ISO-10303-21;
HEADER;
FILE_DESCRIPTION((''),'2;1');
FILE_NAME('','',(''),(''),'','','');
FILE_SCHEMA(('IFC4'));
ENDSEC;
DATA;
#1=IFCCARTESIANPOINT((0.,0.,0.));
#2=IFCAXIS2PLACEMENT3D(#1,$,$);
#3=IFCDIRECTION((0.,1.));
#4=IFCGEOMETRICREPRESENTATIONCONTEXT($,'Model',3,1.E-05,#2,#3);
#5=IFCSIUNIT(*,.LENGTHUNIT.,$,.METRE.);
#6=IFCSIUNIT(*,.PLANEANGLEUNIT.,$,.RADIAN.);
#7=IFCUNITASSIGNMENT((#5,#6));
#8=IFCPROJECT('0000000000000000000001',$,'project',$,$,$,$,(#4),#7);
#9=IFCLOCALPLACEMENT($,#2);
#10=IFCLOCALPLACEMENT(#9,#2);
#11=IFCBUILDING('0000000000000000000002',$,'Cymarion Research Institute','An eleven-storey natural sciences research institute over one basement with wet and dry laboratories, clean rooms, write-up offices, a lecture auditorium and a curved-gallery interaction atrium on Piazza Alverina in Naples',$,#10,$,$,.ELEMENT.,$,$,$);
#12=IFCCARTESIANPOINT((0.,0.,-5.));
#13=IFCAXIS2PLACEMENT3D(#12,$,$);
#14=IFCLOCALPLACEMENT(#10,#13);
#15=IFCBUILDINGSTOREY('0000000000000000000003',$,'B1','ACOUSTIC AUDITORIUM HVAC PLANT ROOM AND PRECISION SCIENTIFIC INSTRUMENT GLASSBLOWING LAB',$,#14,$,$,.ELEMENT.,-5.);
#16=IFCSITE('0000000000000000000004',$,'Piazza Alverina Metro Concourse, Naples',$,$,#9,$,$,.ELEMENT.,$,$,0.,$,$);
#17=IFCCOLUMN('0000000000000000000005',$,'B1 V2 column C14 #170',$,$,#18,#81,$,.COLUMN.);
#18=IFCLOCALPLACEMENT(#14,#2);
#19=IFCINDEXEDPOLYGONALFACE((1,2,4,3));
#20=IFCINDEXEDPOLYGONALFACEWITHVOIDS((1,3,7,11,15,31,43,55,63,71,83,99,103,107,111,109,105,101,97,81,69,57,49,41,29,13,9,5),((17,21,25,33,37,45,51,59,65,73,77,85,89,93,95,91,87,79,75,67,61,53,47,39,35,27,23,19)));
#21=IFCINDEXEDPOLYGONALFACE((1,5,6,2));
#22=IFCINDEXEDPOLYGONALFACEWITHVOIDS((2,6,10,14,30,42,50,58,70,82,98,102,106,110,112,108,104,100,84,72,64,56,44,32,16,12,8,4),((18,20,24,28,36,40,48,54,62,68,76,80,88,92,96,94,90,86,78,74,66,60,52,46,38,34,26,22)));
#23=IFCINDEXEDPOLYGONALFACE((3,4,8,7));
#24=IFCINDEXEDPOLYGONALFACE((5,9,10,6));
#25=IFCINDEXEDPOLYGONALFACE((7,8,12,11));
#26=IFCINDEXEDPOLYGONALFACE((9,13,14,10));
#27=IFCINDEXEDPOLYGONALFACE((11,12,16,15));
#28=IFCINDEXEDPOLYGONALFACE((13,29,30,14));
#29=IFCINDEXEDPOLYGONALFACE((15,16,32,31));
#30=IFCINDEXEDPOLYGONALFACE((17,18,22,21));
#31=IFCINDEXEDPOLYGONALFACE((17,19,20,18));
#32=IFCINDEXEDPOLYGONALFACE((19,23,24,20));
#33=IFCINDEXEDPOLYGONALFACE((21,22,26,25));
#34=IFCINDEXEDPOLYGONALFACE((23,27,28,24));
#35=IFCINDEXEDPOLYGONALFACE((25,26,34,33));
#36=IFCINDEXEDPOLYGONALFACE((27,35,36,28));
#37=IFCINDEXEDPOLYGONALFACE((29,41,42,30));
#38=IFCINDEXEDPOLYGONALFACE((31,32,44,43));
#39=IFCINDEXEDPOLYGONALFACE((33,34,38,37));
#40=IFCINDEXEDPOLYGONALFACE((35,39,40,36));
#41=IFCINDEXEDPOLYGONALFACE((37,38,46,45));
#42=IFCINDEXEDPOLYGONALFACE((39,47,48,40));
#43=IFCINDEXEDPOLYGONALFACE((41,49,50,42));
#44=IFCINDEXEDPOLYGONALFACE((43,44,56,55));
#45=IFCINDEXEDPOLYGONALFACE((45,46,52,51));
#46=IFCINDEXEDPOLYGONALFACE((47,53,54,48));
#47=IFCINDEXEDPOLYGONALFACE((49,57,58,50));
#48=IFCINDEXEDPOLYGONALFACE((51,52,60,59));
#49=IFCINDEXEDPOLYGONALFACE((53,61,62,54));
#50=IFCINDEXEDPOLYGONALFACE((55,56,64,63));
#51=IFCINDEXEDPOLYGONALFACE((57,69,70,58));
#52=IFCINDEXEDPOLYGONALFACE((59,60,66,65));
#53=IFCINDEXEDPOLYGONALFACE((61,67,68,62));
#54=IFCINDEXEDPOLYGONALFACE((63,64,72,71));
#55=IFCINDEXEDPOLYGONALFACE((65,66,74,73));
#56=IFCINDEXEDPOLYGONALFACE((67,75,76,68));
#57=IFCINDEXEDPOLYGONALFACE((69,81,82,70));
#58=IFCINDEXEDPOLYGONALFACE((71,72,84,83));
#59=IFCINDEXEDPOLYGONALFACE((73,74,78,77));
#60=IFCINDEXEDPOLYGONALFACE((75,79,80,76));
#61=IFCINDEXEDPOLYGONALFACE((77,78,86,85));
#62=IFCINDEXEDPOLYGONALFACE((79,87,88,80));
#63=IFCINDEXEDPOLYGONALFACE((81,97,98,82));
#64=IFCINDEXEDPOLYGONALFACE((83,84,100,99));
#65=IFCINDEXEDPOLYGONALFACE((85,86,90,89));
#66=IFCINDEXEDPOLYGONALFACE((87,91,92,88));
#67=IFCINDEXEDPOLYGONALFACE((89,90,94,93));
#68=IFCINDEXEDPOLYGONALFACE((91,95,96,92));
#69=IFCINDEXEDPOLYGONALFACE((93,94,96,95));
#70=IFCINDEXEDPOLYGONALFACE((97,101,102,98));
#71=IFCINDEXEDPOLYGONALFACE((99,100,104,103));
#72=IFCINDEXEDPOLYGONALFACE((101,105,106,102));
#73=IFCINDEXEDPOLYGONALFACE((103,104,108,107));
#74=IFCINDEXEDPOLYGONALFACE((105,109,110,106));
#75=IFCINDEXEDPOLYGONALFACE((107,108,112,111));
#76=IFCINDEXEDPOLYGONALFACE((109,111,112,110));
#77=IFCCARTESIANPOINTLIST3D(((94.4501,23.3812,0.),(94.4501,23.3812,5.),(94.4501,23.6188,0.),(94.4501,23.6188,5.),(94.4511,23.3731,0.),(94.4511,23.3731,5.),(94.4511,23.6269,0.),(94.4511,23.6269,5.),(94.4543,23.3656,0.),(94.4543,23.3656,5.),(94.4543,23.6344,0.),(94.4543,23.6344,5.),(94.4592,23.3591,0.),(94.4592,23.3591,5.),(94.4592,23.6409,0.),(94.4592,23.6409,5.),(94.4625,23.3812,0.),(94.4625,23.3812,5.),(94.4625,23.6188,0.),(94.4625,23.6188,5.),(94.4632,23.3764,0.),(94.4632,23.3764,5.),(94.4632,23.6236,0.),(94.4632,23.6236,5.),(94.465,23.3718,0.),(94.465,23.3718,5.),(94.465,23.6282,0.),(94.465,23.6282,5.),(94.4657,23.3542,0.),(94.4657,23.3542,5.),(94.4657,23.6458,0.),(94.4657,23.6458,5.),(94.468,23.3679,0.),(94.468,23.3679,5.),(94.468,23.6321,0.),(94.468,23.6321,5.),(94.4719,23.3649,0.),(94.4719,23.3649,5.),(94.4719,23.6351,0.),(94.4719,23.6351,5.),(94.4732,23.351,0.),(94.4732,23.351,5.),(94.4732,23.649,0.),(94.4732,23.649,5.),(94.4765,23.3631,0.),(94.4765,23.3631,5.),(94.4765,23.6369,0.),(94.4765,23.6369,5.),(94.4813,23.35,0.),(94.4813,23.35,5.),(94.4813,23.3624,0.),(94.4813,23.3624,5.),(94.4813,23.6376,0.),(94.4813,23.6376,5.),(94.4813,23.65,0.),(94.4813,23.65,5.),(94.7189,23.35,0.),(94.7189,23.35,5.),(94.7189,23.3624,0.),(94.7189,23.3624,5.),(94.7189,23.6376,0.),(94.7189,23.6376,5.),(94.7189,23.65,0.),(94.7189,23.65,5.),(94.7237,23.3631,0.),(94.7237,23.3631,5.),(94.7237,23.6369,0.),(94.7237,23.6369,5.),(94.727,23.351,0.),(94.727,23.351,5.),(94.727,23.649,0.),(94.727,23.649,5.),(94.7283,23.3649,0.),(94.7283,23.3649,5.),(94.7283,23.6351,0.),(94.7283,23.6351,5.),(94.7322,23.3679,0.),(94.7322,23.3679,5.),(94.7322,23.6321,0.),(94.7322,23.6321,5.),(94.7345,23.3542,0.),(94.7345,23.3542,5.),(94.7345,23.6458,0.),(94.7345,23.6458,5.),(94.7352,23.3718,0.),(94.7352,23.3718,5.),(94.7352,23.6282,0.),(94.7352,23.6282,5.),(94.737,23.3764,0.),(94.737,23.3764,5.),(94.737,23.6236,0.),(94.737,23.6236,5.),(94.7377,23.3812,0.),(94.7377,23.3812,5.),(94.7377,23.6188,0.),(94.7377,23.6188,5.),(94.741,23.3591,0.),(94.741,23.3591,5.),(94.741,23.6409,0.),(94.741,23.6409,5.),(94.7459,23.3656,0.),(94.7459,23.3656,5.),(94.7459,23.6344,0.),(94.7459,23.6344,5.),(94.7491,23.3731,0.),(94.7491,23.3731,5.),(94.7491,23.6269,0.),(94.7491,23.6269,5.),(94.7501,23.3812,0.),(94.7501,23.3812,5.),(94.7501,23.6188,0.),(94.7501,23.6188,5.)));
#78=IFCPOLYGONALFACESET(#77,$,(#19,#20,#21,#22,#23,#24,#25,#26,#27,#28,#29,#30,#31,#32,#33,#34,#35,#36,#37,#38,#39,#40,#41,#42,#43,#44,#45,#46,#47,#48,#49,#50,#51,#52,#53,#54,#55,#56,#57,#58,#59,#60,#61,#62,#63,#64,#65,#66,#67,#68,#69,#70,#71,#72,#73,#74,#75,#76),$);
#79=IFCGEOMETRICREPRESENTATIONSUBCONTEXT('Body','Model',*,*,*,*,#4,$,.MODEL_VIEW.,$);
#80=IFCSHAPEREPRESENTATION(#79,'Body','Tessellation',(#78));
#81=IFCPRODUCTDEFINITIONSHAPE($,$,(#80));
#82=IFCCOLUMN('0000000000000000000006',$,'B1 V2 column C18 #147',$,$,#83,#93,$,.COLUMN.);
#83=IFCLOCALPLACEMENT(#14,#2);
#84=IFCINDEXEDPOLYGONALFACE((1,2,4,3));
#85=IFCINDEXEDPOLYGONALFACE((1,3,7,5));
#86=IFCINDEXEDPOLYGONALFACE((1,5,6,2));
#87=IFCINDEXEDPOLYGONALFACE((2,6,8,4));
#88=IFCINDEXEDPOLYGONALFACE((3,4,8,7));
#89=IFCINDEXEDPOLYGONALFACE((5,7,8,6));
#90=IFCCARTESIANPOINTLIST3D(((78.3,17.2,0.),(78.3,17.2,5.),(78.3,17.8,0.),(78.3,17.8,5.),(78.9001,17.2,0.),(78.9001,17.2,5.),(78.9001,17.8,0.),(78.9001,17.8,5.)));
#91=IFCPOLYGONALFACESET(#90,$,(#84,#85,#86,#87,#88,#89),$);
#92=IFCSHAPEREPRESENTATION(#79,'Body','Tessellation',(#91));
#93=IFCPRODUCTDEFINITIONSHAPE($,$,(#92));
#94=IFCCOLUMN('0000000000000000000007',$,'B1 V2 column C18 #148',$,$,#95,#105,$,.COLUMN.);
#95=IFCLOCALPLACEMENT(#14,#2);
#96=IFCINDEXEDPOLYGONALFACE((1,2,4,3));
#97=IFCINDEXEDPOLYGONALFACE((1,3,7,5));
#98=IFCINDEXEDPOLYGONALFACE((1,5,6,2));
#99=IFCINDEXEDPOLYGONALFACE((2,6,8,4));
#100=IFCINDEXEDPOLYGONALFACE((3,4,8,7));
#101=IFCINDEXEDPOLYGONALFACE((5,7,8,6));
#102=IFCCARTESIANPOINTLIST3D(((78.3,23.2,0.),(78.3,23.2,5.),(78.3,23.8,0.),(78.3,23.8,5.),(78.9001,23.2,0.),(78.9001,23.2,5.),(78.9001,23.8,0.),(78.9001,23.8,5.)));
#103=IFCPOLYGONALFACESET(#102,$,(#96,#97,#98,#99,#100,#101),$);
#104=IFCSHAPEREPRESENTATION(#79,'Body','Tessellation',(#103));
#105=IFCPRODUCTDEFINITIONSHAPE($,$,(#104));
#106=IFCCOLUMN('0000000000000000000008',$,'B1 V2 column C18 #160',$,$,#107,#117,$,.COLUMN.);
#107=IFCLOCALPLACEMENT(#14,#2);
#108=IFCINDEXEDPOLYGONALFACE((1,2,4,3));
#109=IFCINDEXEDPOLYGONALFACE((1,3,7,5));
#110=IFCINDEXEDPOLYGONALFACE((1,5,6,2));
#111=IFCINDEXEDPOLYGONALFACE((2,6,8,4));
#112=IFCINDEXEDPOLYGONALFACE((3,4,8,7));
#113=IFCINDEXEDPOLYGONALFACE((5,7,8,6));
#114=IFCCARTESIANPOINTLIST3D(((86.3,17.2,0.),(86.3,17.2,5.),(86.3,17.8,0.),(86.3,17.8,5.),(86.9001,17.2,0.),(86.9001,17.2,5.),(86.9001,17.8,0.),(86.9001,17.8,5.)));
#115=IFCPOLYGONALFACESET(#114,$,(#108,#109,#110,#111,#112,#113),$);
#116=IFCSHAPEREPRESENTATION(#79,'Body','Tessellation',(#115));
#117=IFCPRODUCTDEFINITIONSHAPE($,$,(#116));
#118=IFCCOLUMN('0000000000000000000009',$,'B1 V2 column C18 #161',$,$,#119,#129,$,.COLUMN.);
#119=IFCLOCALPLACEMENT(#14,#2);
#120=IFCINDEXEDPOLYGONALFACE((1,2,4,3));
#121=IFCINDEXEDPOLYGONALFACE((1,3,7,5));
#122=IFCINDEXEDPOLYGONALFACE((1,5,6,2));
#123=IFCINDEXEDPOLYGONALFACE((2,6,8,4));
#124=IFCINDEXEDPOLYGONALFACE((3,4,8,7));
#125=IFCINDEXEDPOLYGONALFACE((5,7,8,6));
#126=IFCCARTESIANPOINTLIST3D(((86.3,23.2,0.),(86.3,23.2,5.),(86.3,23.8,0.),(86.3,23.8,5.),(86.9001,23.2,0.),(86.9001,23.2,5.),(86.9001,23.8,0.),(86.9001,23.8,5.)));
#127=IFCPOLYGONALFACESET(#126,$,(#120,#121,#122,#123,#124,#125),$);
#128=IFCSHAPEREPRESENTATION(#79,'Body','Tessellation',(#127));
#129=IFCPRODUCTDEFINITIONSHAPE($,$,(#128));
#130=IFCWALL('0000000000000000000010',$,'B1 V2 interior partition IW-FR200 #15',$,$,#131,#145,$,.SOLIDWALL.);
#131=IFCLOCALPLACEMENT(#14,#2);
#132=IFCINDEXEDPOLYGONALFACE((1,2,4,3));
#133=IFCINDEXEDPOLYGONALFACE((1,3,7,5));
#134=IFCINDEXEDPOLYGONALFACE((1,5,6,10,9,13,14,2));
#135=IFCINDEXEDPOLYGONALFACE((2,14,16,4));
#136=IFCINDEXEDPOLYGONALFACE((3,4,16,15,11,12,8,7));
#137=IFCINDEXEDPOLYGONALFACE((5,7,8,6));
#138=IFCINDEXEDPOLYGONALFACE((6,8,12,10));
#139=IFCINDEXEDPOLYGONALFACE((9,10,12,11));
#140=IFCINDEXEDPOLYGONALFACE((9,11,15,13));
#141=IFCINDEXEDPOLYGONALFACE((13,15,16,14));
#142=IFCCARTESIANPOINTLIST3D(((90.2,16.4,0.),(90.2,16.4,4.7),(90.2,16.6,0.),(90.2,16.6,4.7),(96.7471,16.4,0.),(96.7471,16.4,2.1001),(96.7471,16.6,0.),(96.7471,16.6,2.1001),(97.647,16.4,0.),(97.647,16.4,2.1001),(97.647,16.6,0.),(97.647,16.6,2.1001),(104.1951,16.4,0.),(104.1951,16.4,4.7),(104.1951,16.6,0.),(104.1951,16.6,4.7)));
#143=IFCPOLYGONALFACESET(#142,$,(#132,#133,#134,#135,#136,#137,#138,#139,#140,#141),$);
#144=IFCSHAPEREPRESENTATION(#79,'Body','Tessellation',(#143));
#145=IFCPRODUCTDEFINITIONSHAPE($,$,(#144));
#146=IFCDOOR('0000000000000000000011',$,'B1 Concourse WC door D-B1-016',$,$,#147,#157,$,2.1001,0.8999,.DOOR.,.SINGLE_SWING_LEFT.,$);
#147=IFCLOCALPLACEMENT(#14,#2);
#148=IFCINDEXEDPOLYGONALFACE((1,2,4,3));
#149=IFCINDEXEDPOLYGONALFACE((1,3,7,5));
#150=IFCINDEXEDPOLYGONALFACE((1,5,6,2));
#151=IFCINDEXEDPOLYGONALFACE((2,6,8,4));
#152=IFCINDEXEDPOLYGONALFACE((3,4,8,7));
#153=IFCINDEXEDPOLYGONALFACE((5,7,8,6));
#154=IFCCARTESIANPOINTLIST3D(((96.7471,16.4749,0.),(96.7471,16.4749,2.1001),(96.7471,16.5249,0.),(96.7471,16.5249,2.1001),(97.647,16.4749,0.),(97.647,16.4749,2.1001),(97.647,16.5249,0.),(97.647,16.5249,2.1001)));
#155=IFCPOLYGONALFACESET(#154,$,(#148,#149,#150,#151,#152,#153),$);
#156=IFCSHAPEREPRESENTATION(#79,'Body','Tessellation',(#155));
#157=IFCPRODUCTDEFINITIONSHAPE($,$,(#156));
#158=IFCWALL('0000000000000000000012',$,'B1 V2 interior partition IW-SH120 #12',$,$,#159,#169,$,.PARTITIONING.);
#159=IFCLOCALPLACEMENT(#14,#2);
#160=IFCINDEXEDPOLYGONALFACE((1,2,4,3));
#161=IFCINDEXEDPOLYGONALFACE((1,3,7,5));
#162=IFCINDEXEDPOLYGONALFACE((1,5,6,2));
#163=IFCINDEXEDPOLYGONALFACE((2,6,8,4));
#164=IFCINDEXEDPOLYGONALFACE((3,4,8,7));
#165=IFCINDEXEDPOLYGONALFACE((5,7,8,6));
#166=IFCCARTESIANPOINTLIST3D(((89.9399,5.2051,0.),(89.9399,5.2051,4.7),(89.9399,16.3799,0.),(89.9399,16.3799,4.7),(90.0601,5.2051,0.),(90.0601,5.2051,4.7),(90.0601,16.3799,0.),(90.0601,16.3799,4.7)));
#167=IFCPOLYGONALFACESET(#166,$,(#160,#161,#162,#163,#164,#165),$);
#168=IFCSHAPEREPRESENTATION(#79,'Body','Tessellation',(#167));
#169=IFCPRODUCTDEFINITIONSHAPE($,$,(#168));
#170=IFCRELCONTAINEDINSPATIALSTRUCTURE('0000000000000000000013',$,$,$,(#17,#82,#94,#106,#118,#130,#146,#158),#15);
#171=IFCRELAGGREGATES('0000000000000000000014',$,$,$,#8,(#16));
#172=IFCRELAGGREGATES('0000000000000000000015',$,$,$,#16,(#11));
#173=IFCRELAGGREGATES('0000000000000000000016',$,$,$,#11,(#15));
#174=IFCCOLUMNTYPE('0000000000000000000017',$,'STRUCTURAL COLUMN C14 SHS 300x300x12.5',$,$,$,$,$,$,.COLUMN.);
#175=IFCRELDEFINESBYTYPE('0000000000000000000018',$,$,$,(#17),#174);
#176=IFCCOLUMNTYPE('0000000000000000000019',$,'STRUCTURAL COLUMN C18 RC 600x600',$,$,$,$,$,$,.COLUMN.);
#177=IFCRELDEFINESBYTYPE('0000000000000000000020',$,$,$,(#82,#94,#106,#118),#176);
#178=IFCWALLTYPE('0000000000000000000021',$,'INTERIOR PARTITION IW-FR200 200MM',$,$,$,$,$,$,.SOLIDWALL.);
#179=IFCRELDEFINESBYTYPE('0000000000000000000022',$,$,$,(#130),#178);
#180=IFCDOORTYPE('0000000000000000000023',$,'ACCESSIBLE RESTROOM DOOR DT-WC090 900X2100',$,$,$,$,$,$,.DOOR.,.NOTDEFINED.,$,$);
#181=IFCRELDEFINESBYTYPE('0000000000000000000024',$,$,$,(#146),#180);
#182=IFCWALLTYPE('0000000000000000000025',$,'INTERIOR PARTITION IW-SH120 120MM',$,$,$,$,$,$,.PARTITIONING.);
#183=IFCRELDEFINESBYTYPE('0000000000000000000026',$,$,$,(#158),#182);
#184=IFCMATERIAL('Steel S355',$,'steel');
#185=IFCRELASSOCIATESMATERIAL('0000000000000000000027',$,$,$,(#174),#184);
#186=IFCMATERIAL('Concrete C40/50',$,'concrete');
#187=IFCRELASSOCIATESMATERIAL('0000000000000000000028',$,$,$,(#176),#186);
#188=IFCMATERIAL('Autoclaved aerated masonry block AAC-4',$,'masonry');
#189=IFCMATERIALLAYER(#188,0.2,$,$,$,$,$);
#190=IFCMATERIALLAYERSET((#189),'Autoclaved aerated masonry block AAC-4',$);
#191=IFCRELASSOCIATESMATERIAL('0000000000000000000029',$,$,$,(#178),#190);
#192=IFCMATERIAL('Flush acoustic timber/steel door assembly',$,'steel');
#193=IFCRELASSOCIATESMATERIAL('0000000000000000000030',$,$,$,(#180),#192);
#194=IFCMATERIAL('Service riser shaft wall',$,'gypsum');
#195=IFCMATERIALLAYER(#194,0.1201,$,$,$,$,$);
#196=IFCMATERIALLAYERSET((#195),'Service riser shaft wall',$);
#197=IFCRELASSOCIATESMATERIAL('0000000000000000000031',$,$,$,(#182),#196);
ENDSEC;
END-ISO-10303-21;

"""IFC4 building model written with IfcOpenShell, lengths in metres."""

from ifc_helpers import new_model, si_unit, direction, frame, frame_2d, origin, origin_2d, place, context, subcontext, project, spatial, rectangle, hollow_rectangle, extrude, material, layer, layer_set, material_profile, profile_set, type_object, element, fill, save


model = new_model("IFC4")

# Units and contexts
model_context = context("Model", 3, precision=1e-05, world=origin(), true_north=direction((0.0, 1.0)))
body_context = subcontext(model_context, "Body", "Model", "MODEL_VIEW")
ifc_project = project(units=[si_unit("LENGTHUNIT", "METRE"), si_unit("PLANEANGLEUNIT", "RADIAN")], contexts=[model_context])

# Site, building, storey
site_placement = place(None, origin())
site = spatial("IfcSite", under=ifc_project, at=site_placement, Name="Piazza Alverina Metro Concourse, Naples", CompositionType="ELEMENT", RefElevation=0.0)
building_placement = place(site_placement, origin())
building = spatial("IfcBuilding", under=site, at=building_placement, Name="Cymarion Research Institute", Description="An eleven-storey natural sciences research institute over one basement with wet and dry laboratories, clean rooms, write-up offices, a lecture auditorium and a curved-gallery interaction atrium on Piazza Alverina in Naples", CompositionType="ELEMENT")
storey_placement = place(building_placement, frame((0.0, 0.0, -5.0)))
storey = spatial("IfcBuildingStorey", under=building, at=storey_placement, Name="B1", Description="ACOUSTIC AUDITORIUM HVAC PLANT ROOM AND PRECISION SCIENTIFIC INSTRUMENT GLASSBLOWING LAB", CompositionType="ELEMENT", Elevation=-5.0)

# Columns
ifc_material_1 = material(Name="Concrete C40/50", Category="concrete")
ifc_material_2 = material(Name="Steel S355", Category="steel")
ifc_material_profile_1 = material_profile(ifc_material_2, hollow_rectangle(XDim=0.3, YDim=0.3, WallThickness=0.0125, InnerFilletRadius=0.0188, OuterFilletRadius=0.0312, at=origin_2d()), Name="SHS 300x300x12.5")
ifc_profile_set_1 = profile_set([ifc_material_profile_1], Name="Steel S355")
column_type_1 = type_object("IfcColumnType", Name="STRUCTURAL COLUMN C14 SHS 300x300x12.5", PredefinedType="COLUMN", material=ifc_profile_set_1)
for number, where, z_axis, x_axis, name in (
    (1, (94.6001, 23.5, 0.0), (0.0, 0.0, 1.0), (1.0, 0.0, 0.0), "B1 V2 column C14 #170"),
):
    element("IfcColumn", number, at=place(storey_placement, frame(where, z_axis=z_axis, x_axis=x_axis)), inside=storey, type_object=column_type_1, Name=name, PredefinedType="COLUMN", context=body_context, shape_type="SweptSolid", body=[
        extrude(hollow_rectangle(XDim=0.3, YDim=0.3, WallThickness=0.0125, InnerFilletRadius=0.0188, OuterFilletRadius=0.0312, at=origin_2d()), origin(), (0.0, 0.0, 1.0), 5.0),
    ])
ifc_material_profile_2 = material_profile(ifc_material_1, rectangle(XDim=0.6001, YDim=0.6001, at=origin_2d()), Name="RC 600x600")
ifc_profile_set_2 = profile_set([ifc_material_profile_2], Name="Concrete C40/50")
column_type_2 = type_object("IfcColumnType", Name="STRUCTURAL COLUMN C18 RC 600x600", PredefinedType="COLUMN", material=ifc_profile_set_2)
for number, where, z_axis, x_axis, name in (
    (2, (78.6001, 17.5, 0.0), (0.0, 0.0, 1.0), (1.0, 0.0, 0.0), "B1 V2 column C18 #147"),
    (3, (78.6001, 23.5, 0.0), (0.0, 0.0, 1.0), (1.0, 0.0, 0.0), "B1 V2 column C18 #148"),
    (4, (86.6001, 17.5, 0.0), (0.0, 0.0, 1.0), (1.0, 0.0, 0.0), "B1 V2 column C18 #160"),
    (5, (86.6001, 23.5, 0.0), (0.0, 0.0, 1.0), (1.0, 0.0, 0.0), "B1 V2 column C18 #161"),
):
    element("IfcColumn", number, at=place(storey_placement, frame(where, z_axis=z_axis, x_axis=x_axis)), inside=storey, type_object=column_type_2, Name=name, PredefinedType="COLUMN", context=body_context, shape_type="SweptSolid", body=[
        extrude(rectangle(XDim=0.6001, YDim=0.6001, at=origin_2d()), origin(), (0.0, 0.0, 1.0), 5.0),
    ])

# Wall, opening, door
ifc_material_3 = material(Name="Autoclaved aerated masonry block AAC-4", Category="masonry")
ifc_layer_1 = layer(ifc_material_3, 0.2)
ifc_layer_set_1 = layer_set([ifc_layer_1], Name="Autoclaved aerated masonry block AAC-4")
wall_type_1 = type_object("IfcWallType", Name="INTERIOR PARTITION IW-FR200 200MM", PredefinedType="SOLIDWALL", material=ifc_layer_set_1)
wall_1_placement = place(storey_placement, frame((90.2, 16.5, 0.0), z_axis=(0.0, 0.0, 1.0), x_axis=(1.0, 0.0, 0.0)))
wall_1 = element("IfcWall", 6, at=wall_1_placement, inside=storey, type_object=wall_type_1, Name="B1 V2 interior partition IW-FR200 #15", PredefinedType="SOLIDWALL", context=body_context, shape_type="SweptSolid", body=[
    extrude(rectangle(XDim=13.9951, YDim=0.2, at=frame_2d((6.9976, 0.0))), origin(), (0.0, 0.0, 1.0), 4.7),
])
opening_placement = place(wall_1_placement, frame((6.5471, 0.0, 0.0)))
opening = element("IfcOpeningElement", 7, at=opening_placement, cuts=wall_1, PredefinedType="OPENING", context=body_context, shape_type="SweptSolid", body=[
    extrude(rectangle(XDim=0.8999, YDim=2.1001, at=frame_2d((0.45, 1.05))), frame((0.0, 0.1099, 0.0), z_axis=(0.0, -1.0, 0.0), x_axis=(1.0, 0.0, 0.0)), (0.0, 0.0, 1.0), 0.22),
])
ifc_material_4 = material(Name="Flush acoustic timber/steel door assembly", Category="steel")
door_type = type_object("IfcDoorType", Name="ACCESSIBLE RESTROOM DOOR DT-WC090 900X2100", OperationType="NOTDEFINED", PredefinedType="DOOR", material=ifc_material_4)
door_placement = place(opening_placement, origin())
door = element("IfcDoor", 8, at=door_placement, inside=storey, type_object=door_type, Name="B1 Concourse WC door D-B1-016", OperationType="SINGLE_SWING_LEFT", OverallHeight=2.1001, OverallWidth=0.8999, PredefinedType="DOOR", context=body_context, shape_type="SweptSolid", body=[
    extrude(rectangle(XDim=0.8999, YDim=2.1001, at=frame_2d((0.45, 1.05))), frame((0.0, 0.0249, 0.0), z_axis=(0.0, -1.0, 0.0), x_axis=(1.0, 0.0, 0.0)), (0.0, 0.0, 1.0), 0.05),
])
fill(opening, door)

# Wall
ifc_material_5 = material(Name="Service riser shaft wall", Category="gypsum")
ifc_layer_2 = layer(ifc_material_5, 0.1201)
ifc_layer_set_2 = layer_set([ifc_layer_2], Name="Service riser shaft wall")
wall_type_2 = type_object("IfcWallType", Name="INTERIOR PARTITION IW-SH120 120MM", PredefinedType="PARTITIONING", material=ifc_layer_set_2)
wall_2_placement = place(storey_placement, frame((90.0, 5.2051, 0.0), z_axis=(0.0, 0.0, 1.0), x_axis=(0.0, 1.0, 0.0)))
element("IfcWall", 9, at=wall_2_placement, inside=storey, type_object=wall_type_2, Name="B1 V2 interior partition IW-SH120 #12", PredefinedType="PARTITIONING", context=body_context, shape_type="SweptSolid", body=[
    extrude(rectangle(XDim=11.1748, YDim=0.1201, at=frame_2d((5.5874, 0.0))), origin(), (0.0, 0.0, 1.0), 4.7),
])

save(model, "model.ifc")
